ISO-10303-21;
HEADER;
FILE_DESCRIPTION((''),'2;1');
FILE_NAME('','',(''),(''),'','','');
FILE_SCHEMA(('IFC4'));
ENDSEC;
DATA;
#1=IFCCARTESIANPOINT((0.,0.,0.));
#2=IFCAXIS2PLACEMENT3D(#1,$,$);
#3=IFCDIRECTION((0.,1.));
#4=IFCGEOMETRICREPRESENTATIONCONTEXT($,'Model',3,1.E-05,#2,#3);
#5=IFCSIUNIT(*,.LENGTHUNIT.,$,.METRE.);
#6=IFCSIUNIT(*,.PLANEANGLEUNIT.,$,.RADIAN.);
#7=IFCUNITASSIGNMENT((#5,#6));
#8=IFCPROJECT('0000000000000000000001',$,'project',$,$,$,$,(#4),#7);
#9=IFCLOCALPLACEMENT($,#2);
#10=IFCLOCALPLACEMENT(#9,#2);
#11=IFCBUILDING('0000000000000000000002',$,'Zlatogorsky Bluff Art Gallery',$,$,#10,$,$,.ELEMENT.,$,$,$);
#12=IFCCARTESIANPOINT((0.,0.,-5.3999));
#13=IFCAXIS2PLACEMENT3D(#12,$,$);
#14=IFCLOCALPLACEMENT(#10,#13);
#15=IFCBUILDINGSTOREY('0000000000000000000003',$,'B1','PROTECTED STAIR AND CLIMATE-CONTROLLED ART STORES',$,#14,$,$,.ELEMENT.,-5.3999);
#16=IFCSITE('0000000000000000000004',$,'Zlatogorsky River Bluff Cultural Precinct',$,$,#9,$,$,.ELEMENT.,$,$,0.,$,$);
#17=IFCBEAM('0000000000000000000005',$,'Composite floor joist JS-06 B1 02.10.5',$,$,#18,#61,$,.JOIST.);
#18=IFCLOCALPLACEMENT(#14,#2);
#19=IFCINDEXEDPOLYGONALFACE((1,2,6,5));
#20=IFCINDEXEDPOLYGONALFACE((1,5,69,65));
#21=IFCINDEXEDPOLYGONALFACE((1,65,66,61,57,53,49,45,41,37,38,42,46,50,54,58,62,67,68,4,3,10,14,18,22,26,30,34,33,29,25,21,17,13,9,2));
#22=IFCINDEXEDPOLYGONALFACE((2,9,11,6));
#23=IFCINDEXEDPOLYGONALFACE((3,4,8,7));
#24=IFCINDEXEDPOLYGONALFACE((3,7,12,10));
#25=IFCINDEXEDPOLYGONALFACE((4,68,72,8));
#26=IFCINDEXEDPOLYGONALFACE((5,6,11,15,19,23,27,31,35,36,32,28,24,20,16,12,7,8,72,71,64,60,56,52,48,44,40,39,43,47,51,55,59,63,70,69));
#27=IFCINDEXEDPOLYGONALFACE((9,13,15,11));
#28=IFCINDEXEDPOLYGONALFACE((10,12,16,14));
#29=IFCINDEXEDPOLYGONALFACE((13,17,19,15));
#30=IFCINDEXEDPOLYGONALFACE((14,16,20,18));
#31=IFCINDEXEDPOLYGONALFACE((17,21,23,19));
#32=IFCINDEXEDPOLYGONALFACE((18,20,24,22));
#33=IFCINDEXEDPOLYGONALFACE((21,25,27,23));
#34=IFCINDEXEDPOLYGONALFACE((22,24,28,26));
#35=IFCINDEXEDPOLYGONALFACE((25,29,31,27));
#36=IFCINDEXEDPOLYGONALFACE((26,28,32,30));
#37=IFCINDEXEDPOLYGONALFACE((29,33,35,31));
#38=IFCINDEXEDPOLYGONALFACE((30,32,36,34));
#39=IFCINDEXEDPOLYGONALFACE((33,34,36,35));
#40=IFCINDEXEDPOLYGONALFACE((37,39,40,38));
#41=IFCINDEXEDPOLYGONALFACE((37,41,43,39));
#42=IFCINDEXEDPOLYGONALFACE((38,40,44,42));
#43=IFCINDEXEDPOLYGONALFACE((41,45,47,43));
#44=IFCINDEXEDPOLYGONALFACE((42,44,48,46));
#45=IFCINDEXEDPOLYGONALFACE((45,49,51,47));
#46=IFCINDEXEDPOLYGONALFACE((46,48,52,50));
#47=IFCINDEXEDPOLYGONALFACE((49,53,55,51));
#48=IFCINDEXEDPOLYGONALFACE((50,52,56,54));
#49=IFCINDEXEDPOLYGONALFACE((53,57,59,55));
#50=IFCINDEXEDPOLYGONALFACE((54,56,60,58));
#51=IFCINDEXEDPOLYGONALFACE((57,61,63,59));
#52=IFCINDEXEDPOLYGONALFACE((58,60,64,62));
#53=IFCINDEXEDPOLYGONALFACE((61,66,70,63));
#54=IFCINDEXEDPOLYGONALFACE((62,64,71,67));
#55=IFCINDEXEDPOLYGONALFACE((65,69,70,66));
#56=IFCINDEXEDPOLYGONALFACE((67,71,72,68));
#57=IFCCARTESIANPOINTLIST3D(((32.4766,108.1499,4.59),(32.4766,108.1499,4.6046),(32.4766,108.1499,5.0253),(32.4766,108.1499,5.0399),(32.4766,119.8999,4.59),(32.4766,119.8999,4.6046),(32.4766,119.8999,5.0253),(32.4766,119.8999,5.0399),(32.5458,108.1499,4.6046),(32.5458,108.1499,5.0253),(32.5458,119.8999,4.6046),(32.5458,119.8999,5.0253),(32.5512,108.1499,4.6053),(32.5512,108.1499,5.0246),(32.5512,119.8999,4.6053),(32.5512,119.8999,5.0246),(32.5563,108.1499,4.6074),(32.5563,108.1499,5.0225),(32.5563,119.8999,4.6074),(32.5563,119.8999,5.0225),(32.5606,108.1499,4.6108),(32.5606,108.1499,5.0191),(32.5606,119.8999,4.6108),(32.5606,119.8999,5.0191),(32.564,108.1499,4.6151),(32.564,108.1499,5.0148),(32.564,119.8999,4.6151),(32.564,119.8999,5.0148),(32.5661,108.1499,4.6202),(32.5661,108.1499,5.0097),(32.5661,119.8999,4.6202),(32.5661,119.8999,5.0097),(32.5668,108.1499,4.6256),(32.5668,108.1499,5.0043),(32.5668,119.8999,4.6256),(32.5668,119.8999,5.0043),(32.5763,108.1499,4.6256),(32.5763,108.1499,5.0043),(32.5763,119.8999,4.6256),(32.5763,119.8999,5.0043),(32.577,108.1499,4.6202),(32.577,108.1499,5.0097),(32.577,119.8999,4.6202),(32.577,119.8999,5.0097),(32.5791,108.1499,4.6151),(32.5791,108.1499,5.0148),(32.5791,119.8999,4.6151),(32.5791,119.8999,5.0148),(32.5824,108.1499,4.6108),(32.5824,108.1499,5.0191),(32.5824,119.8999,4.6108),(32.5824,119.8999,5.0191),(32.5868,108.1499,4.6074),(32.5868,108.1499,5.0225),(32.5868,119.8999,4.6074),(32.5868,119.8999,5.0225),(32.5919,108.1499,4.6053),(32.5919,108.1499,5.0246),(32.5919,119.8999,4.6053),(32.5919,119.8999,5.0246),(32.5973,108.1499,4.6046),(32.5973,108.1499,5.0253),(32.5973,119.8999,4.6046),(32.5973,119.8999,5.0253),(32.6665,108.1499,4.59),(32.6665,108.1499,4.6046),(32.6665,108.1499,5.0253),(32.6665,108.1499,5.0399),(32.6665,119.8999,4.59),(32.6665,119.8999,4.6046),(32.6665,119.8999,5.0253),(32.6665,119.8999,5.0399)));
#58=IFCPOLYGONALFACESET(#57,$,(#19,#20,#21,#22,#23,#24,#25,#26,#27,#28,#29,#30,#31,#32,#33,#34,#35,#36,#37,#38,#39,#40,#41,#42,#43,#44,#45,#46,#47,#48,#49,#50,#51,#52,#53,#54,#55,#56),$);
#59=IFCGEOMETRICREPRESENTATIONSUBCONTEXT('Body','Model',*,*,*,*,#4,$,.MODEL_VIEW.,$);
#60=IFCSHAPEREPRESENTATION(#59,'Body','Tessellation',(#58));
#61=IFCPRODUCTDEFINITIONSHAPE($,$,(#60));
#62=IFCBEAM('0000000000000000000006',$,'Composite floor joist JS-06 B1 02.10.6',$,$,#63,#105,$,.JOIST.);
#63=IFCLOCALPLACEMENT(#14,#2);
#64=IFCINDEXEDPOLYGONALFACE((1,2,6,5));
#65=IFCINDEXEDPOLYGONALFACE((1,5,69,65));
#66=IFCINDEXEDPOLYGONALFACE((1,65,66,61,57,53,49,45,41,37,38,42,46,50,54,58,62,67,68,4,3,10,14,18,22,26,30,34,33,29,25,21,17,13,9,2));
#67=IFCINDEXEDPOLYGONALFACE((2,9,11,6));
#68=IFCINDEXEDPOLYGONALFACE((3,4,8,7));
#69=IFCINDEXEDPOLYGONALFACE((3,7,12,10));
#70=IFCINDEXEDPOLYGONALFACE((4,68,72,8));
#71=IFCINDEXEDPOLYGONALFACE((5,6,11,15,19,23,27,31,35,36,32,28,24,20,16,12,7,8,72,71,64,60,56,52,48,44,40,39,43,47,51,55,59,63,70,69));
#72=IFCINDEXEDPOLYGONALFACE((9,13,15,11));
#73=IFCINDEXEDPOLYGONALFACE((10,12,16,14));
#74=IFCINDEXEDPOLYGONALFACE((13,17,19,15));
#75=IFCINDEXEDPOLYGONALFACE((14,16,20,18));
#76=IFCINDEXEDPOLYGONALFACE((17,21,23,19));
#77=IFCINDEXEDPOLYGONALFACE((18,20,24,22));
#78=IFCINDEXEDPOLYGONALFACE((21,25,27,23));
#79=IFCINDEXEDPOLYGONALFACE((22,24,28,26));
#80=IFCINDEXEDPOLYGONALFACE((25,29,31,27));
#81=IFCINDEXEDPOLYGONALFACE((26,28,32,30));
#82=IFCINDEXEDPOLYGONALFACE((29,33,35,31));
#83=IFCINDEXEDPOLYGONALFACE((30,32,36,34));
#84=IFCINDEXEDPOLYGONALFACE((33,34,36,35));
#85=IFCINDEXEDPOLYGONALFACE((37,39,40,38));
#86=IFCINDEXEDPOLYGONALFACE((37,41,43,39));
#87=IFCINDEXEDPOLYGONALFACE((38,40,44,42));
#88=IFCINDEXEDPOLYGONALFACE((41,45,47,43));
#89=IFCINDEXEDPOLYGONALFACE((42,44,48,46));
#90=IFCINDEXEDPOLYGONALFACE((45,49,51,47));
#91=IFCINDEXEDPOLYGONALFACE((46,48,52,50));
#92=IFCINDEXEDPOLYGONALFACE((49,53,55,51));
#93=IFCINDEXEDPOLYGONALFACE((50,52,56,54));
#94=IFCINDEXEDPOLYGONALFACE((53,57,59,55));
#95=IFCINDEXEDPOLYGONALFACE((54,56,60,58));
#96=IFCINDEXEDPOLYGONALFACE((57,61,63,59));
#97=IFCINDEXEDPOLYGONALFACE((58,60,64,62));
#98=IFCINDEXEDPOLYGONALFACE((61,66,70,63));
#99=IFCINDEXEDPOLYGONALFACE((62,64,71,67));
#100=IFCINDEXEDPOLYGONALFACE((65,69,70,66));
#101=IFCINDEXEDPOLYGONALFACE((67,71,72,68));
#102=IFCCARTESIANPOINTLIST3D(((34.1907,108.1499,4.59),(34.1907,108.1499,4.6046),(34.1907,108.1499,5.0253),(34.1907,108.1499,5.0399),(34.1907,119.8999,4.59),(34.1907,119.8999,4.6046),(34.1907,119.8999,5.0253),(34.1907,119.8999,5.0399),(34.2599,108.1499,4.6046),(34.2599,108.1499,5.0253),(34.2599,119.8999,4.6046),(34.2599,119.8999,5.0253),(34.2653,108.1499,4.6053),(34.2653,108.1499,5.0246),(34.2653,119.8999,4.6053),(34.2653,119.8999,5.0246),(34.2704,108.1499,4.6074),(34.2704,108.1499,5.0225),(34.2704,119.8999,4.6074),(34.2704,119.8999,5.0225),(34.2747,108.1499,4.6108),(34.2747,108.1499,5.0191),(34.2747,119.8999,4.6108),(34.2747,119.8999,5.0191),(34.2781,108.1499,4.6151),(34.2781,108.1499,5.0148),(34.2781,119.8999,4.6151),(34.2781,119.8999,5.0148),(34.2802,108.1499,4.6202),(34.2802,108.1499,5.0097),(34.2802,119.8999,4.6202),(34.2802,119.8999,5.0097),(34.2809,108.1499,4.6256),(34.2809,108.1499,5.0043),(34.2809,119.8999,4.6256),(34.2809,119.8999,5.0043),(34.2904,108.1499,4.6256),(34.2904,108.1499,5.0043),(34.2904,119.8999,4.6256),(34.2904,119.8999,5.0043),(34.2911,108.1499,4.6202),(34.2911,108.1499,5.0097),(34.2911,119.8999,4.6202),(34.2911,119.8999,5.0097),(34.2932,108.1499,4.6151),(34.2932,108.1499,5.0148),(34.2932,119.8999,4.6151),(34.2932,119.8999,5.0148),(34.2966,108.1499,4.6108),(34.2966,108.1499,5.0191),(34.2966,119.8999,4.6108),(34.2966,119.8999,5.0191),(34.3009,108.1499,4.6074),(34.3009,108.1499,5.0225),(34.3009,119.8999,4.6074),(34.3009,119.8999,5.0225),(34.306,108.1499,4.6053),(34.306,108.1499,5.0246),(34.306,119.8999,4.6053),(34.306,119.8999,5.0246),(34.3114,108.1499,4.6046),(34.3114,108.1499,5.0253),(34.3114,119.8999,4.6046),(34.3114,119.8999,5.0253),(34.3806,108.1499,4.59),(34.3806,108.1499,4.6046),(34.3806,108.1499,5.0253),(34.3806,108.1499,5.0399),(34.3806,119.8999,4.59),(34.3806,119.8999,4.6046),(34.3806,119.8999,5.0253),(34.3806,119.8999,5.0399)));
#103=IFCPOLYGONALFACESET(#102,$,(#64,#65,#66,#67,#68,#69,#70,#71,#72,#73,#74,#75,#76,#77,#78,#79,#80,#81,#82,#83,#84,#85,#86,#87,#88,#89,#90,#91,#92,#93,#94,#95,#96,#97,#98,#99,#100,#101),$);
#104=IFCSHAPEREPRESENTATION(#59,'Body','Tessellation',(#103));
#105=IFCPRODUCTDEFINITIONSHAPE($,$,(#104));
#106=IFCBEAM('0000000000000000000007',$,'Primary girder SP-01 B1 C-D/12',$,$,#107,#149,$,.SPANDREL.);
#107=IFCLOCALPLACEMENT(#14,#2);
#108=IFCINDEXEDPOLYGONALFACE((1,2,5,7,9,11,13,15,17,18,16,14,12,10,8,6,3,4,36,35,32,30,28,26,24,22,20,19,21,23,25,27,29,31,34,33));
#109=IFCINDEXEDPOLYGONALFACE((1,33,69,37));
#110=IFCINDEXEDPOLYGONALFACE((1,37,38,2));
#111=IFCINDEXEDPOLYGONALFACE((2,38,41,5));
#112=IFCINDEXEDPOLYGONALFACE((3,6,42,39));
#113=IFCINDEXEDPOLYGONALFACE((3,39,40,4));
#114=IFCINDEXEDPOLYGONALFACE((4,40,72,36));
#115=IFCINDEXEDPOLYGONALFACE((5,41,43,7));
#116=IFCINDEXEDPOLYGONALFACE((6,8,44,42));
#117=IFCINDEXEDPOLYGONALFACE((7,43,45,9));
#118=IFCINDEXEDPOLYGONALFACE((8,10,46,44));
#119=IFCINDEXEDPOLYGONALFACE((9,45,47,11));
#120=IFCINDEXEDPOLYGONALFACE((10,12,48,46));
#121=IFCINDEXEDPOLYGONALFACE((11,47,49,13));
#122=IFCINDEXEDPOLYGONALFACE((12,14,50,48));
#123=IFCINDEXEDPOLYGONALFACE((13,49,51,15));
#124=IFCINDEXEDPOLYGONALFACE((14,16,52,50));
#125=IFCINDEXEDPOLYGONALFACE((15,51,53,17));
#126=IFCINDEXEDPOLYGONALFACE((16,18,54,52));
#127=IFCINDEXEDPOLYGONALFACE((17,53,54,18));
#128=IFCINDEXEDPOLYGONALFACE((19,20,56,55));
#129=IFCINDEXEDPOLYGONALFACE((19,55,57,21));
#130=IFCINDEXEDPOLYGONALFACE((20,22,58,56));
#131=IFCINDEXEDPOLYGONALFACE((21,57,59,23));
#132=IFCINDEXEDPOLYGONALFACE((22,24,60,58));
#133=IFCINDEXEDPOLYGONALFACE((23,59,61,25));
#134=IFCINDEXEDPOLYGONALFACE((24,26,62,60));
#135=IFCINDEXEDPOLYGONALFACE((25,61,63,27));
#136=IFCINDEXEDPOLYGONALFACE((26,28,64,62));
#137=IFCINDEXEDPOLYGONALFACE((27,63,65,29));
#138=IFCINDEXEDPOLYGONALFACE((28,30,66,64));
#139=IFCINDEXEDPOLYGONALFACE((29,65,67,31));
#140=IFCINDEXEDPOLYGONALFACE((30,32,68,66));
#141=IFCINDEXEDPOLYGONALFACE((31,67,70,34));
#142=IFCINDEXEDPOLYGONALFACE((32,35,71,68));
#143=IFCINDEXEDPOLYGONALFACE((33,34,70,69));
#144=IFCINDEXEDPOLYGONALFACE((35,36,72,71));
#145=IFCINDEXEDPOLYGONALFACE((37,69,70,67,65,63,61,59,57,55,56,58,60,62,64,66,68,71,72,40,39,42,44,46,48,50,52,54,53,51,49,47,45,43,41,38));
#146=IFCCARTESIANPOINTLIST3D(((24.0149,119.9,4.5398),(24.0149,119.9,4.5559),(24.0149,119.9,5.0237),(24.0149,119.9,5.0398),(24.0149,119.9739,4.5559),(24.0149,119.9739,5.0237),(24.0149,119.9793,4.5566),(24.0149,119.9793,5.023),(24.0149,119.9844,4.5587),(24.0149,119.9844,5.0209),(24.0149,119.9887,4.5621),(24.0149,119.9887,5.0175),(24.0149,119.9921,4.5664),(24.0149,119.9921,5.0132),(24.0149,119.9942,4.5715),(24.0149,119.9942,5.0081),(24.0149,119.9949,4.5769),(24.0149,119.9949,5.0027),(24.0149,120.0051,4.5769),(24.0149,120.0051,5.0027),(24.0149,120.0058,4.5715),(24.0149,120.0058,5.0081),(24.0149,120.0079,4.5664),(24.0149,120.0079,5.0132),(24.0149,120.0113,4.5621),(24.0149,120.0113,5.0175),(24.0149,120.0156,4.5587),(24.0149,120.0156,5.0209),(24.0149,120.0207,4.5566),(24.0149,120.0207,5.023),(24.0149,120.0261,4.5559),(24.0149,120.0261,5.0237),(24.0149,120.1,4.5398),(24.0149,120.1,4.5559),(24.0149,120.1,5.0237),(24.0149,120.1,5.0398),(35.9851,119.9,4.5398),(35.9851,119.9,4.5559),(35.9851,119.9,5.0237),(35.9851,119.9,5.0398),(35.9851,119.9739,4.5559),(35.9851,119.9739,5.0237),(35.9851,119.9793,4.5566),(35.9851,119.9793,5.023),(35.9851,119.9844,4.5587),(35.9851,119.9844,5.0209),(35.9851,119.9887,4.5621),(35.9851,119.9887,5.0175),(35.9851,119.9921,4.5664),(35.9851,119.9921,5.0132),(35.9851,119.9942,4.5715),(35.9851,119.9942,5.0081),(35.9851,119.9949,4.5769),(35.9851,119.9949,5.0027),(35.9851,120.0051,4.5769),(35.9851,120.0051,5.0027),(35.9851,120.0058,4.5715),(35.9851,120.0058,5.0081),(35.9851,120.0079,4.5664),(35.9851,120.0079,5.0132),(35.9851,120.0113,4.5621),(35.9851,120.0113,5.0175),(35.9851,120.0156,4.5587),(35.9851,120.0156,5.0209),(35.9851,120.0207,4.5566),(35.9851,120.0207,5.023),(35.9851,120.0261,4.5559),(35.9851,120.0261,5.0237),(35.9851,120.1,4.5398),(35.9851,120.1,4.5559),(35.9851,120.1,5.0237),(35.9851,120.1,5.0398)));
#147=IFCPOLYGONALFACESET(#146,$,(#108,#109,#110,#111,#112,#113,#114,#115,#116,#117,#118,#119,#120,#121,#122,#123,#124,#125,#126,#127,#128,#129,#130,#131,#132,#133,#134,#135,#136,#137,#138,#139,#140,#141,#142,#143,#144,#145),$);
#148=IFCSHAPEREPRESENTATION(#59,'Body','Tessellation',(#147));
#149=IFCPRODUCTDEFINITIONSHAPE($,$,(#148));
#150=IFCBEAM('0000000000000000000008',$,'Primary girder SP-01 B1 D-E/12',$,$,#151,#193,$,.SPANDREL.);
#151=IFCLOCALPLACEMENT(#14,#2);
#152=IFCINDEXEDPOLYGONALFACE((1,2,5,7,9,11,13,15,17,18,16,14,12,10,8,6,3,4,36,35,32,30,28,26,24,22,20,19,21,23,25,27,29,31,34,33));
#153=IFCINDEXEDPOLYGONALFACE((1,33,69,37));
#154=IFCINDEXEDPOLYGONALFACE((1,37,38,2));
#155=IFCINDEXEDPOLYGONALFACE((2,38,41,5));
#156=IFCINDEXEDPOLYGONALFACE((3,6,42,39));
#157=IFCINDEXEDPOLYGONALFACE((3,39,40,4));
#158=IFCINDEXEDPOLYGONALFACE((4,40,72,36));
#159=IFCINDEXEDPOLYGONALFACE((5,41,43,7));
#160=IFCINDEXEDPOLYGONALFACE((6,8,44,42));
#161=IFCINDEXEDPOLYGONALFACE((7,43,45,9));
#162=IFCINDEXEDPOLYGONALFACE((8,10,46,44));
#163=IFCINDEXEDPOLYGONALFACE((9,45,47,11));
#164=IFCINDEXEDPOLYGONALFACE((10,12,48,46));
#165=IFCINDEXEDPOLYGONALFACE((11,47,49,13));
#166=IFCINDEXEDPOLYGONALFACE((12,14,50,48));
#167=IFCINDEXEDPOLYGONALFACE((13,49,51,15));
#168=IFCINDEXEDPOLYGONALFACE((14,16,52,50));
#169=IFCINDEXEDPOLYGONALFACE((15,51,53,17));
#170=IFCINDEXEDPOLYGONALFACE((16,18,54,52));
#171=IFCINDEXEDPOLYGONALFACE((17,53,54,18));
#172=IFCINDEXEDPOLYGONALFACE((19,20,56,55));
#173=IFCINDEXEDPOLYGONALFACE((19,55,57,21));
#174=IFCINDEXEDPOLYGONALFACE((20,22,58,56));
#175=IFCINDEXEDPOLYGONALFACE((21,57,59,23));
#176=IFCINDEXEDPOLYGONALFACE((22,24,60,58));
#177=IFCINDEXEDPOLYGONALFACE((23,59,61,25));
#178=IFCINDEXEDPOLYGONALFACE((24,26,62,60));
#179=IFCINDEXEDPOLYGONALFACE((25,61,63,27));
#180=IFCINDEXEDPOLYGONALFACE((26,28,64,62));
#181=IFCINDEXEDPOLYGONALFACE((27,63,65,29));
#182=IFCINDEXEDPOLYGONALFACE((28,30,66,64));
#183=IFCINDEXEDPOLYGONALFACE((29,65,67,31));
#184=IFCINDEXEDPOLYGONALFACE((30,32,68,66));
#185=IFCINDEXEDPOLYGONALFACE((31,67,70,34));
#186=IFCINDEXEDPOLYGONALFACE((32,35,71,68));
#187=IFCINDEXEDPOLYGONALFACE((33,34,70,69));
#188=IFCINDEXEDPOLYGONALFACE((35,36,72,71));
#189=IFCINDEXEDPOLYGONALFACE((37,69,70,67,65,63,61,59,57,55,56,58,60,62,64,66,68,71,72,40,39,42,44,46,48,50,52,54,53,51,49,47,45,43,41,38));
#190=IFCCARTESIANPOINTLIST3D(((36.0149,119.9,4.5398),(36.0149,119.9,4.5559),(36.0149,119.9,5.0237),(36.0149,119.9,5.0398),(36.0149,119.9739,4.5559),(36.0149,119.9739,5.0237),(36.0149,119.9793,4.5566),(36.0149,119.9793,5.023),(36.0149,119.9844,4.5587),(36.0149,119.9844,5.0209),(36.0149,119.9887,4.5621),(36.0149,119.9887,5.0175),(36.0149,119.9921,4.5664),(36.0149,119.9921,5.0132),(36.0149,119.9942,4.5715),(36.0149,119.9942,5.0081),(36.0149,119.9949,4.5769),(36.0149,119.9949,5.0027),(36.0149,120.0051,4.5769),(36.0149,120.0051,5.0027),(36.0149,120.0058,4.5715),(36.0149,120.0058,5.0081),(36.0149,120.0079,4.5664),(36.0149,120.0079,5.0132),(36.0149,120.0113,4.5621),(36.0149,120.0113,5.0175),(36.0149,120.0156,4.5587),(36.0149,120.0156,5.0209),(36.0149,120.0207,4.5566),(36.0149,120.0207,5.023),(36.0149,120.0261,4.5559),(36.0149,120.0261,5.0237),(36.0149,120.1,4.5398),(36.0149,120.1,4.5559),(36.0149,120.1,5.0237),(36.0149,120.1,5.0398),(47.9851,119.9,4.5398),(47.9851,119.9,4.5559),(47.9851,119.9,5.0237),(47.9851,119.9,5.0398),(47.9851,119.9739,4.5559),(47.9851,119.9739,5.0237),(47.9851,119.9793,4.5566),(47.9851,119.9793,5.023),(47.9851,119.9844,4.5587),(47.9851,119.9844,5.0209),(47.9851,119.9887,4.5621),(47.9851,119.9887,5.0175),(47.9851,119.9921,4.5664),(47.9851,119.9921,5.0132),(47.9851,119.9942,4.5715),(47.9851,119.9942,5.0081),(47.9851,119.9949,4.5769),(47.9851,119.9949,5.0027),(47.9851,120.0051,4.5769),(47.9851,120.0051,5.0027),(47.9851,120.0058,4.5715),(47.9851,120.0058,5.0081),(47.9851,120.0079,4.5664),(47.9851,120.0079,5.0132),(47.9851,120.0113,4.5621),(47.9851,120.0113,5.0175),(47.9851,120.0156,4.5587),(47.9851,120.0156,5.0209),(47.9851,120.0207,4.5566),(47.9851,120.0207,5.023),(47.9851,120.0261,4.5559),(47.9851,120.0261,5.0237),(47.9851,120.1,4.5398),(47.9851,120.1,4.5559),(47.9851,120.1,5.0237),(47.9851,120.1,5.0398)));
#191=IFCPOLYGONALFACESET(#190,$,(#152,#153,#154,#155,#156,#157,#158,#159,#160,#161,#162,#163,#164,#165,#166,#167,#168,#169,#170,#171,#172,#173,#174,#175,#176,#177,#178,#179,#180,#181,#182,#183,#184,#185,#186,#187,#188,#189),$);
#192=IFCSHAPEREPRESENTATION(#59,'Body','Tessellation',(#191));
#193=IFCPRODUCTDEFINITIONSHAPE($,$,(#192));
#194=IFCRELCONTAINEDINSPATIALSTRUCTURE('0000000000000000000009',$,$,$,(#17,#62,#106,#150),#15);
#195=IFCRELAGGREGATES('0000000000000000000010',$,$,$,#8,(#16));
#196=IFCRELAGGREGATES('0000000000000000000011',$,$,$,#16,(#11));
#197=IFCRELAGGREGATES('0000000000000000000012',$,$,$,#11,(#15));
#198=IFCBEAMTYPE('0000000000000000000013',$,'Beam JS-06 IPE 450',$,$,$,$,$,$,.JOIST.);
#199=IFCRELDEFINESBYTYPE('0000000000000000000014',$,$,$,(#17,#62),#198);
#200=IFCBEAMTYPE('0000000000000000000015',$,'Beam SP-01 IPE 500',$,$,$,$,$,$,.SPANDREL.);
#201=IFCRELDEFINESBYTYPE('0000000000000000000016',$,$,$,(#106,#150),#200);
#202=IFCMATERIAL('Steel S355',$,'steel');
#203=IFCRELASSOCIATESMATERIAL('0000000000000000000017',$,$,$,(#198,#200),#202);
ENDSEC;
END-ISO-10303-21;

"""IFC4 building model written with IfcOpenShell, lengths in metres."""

from ifc_helpers import new_model, si_unit, direction, frame, origin, origin_2d, place, context, subcontext, project, spatial, i_section, extrude, material, material_profile, profile_set, type_object, element, save


model = new_model("IFC4")

# Units and contexts
model_context = context("Model", 3, precision=1e-05, world=origin(), true_north=direction((0.0, 1.0)))
body_context = subcontext(model_context, "Body", "Model", "MODEL_VIEW")
ifc_project = project(units=[si_unit("LENGTHUNIT", "METRE"), si_unit("PLANEANGLEUNIT", "RADIAN")], contexts=[model_context])

# Site, building, storey
site_placement = place(None, origin())
site = spatial("IfcSite", under=ifc_project, at=site_placement, Name="Zlatogorsky River Bluff Cultural Precinct", CompositionType="ELEMENT", RefElevation=0.0)
building_placement = place(site_placement, origin())
building = spatial("IfcBuilding", under=site, at=building_placement, Name="Zlatogorsky Bluff Art Gallery", CompositionType="ELEMENT")
storey_placement = place(building_placement, frame((0.0, 0.0, -5.3999)))
storey = spatial("IfcBuildingStorey", under=building, at=storey_placement, Name="B1", Description="PROTECTED STAIR AND CLIMATE-CONTROLLED ART STORES", CompositionType="ELEMENT", Elevation=-5.3999)

# Shared definitions
ifc_material_1 = material(Name="Steel S355", Category="steel")

# Beams
ifc_material_profile_1 = material_profile(ifc_material_1, i_section(OverallWidth=0.1899, OverallDepth=0.45, WebThickness=0.0095, FlangeThickness=0.0146, FilletRadius=0.021, at=origin_2d()), Name="IPE 450")
ifc_profile_set_1 = profile_set([ifc_material_profile_1], Name="Steel S355")
beam_type_1 = type_object("IfcBeamType", Name="Beam JS-06 IPE 450", PredefinedType="JOIST", material=ifc_profile_set_1)
for number, where, z_axis, x_axis, name in (
    (1, (32.5715, 108.1499, 4.8149), (0.0, 1.0, 0.0), (-1.0, 0.0, 0.0), "Composite floor joist JS-06 B1 02.10.5"),
    (2, (34.2856, 108.1499, 4.8149), (0.0, 1.0, 0.0), (-1.0, 0.0, 0.0), "Composite floor joist JS-06 B1 02.10.6"),
):
    element("IfcBeam", number, at=place(storey_placement, frame(where, z_axis=z_axis, x_axis=x_axis)), inside=storey, type_object=beam_type_1, Name=name, PredefinedType="JOIST", context=body_context, shape_type="SweptSolid", body=[
        extrude(i_section(OverallWidth=0.1899, OverallDepth=0.45, WebThickness=0.0095, FlangeThickness=0.0146, FilletRadius=0.021, at=origin_2d()), origin(), (0.0, 0.0, 1.0), 11.75),
    ])
ifc_material_profile_2 = material_profile(ifc_material_1, i_section(OverallWidth=0.2, OverallDepth=0.5, WebThickness=0.0103, FlangeThickness=0.0161, FilletRadius=0.021, at=origin_2d()), Name="IPE 500")
ifc_profile_set_2 = profile_set([ifc_material_profile_2], Name="Steel S355")
beam_type_2 = type_object("IfcBeamType", Name="Beam SP-01 IPE 500", PredefinedType="SPANDREL", material=ifc_profile_set_2)
for number, where, z_axis, x_axis, name in (
    (3, (24.0149, 120.0, 4.7898), (1.0, 0.0, 0.0), (0.0, 1.0, 0.0), "Primary girder SP-01 B1 C-D/12"),
    (4, (36.0149, 120.0, 4.7898), (1.0, 0.0, 0.0), (0.0, 1.0, 0.0), "Primary girder SP-01 B1 D-E/12"),
):
    element("IfcBeam", number, at=place(storey_placement, frame(where, z_axis=z_axis, x_axis=x_axis)), inside=storey, type_object=beam_type_2, Name=name, PredefinedType="SPANDREL", context=body_context, shape_type="SweptSolid", body=[
        extrude(i_section(OverallWidth=0.2, OverallDepth=0.5, WebThickness=0.0103, FlangeThickness=0.0161, FilletRadius=0.021, at=origin_2d()), origin(), (0.0, 0.0, 1.0), 11.9702),
    ])

save(model, "model.ifc")
